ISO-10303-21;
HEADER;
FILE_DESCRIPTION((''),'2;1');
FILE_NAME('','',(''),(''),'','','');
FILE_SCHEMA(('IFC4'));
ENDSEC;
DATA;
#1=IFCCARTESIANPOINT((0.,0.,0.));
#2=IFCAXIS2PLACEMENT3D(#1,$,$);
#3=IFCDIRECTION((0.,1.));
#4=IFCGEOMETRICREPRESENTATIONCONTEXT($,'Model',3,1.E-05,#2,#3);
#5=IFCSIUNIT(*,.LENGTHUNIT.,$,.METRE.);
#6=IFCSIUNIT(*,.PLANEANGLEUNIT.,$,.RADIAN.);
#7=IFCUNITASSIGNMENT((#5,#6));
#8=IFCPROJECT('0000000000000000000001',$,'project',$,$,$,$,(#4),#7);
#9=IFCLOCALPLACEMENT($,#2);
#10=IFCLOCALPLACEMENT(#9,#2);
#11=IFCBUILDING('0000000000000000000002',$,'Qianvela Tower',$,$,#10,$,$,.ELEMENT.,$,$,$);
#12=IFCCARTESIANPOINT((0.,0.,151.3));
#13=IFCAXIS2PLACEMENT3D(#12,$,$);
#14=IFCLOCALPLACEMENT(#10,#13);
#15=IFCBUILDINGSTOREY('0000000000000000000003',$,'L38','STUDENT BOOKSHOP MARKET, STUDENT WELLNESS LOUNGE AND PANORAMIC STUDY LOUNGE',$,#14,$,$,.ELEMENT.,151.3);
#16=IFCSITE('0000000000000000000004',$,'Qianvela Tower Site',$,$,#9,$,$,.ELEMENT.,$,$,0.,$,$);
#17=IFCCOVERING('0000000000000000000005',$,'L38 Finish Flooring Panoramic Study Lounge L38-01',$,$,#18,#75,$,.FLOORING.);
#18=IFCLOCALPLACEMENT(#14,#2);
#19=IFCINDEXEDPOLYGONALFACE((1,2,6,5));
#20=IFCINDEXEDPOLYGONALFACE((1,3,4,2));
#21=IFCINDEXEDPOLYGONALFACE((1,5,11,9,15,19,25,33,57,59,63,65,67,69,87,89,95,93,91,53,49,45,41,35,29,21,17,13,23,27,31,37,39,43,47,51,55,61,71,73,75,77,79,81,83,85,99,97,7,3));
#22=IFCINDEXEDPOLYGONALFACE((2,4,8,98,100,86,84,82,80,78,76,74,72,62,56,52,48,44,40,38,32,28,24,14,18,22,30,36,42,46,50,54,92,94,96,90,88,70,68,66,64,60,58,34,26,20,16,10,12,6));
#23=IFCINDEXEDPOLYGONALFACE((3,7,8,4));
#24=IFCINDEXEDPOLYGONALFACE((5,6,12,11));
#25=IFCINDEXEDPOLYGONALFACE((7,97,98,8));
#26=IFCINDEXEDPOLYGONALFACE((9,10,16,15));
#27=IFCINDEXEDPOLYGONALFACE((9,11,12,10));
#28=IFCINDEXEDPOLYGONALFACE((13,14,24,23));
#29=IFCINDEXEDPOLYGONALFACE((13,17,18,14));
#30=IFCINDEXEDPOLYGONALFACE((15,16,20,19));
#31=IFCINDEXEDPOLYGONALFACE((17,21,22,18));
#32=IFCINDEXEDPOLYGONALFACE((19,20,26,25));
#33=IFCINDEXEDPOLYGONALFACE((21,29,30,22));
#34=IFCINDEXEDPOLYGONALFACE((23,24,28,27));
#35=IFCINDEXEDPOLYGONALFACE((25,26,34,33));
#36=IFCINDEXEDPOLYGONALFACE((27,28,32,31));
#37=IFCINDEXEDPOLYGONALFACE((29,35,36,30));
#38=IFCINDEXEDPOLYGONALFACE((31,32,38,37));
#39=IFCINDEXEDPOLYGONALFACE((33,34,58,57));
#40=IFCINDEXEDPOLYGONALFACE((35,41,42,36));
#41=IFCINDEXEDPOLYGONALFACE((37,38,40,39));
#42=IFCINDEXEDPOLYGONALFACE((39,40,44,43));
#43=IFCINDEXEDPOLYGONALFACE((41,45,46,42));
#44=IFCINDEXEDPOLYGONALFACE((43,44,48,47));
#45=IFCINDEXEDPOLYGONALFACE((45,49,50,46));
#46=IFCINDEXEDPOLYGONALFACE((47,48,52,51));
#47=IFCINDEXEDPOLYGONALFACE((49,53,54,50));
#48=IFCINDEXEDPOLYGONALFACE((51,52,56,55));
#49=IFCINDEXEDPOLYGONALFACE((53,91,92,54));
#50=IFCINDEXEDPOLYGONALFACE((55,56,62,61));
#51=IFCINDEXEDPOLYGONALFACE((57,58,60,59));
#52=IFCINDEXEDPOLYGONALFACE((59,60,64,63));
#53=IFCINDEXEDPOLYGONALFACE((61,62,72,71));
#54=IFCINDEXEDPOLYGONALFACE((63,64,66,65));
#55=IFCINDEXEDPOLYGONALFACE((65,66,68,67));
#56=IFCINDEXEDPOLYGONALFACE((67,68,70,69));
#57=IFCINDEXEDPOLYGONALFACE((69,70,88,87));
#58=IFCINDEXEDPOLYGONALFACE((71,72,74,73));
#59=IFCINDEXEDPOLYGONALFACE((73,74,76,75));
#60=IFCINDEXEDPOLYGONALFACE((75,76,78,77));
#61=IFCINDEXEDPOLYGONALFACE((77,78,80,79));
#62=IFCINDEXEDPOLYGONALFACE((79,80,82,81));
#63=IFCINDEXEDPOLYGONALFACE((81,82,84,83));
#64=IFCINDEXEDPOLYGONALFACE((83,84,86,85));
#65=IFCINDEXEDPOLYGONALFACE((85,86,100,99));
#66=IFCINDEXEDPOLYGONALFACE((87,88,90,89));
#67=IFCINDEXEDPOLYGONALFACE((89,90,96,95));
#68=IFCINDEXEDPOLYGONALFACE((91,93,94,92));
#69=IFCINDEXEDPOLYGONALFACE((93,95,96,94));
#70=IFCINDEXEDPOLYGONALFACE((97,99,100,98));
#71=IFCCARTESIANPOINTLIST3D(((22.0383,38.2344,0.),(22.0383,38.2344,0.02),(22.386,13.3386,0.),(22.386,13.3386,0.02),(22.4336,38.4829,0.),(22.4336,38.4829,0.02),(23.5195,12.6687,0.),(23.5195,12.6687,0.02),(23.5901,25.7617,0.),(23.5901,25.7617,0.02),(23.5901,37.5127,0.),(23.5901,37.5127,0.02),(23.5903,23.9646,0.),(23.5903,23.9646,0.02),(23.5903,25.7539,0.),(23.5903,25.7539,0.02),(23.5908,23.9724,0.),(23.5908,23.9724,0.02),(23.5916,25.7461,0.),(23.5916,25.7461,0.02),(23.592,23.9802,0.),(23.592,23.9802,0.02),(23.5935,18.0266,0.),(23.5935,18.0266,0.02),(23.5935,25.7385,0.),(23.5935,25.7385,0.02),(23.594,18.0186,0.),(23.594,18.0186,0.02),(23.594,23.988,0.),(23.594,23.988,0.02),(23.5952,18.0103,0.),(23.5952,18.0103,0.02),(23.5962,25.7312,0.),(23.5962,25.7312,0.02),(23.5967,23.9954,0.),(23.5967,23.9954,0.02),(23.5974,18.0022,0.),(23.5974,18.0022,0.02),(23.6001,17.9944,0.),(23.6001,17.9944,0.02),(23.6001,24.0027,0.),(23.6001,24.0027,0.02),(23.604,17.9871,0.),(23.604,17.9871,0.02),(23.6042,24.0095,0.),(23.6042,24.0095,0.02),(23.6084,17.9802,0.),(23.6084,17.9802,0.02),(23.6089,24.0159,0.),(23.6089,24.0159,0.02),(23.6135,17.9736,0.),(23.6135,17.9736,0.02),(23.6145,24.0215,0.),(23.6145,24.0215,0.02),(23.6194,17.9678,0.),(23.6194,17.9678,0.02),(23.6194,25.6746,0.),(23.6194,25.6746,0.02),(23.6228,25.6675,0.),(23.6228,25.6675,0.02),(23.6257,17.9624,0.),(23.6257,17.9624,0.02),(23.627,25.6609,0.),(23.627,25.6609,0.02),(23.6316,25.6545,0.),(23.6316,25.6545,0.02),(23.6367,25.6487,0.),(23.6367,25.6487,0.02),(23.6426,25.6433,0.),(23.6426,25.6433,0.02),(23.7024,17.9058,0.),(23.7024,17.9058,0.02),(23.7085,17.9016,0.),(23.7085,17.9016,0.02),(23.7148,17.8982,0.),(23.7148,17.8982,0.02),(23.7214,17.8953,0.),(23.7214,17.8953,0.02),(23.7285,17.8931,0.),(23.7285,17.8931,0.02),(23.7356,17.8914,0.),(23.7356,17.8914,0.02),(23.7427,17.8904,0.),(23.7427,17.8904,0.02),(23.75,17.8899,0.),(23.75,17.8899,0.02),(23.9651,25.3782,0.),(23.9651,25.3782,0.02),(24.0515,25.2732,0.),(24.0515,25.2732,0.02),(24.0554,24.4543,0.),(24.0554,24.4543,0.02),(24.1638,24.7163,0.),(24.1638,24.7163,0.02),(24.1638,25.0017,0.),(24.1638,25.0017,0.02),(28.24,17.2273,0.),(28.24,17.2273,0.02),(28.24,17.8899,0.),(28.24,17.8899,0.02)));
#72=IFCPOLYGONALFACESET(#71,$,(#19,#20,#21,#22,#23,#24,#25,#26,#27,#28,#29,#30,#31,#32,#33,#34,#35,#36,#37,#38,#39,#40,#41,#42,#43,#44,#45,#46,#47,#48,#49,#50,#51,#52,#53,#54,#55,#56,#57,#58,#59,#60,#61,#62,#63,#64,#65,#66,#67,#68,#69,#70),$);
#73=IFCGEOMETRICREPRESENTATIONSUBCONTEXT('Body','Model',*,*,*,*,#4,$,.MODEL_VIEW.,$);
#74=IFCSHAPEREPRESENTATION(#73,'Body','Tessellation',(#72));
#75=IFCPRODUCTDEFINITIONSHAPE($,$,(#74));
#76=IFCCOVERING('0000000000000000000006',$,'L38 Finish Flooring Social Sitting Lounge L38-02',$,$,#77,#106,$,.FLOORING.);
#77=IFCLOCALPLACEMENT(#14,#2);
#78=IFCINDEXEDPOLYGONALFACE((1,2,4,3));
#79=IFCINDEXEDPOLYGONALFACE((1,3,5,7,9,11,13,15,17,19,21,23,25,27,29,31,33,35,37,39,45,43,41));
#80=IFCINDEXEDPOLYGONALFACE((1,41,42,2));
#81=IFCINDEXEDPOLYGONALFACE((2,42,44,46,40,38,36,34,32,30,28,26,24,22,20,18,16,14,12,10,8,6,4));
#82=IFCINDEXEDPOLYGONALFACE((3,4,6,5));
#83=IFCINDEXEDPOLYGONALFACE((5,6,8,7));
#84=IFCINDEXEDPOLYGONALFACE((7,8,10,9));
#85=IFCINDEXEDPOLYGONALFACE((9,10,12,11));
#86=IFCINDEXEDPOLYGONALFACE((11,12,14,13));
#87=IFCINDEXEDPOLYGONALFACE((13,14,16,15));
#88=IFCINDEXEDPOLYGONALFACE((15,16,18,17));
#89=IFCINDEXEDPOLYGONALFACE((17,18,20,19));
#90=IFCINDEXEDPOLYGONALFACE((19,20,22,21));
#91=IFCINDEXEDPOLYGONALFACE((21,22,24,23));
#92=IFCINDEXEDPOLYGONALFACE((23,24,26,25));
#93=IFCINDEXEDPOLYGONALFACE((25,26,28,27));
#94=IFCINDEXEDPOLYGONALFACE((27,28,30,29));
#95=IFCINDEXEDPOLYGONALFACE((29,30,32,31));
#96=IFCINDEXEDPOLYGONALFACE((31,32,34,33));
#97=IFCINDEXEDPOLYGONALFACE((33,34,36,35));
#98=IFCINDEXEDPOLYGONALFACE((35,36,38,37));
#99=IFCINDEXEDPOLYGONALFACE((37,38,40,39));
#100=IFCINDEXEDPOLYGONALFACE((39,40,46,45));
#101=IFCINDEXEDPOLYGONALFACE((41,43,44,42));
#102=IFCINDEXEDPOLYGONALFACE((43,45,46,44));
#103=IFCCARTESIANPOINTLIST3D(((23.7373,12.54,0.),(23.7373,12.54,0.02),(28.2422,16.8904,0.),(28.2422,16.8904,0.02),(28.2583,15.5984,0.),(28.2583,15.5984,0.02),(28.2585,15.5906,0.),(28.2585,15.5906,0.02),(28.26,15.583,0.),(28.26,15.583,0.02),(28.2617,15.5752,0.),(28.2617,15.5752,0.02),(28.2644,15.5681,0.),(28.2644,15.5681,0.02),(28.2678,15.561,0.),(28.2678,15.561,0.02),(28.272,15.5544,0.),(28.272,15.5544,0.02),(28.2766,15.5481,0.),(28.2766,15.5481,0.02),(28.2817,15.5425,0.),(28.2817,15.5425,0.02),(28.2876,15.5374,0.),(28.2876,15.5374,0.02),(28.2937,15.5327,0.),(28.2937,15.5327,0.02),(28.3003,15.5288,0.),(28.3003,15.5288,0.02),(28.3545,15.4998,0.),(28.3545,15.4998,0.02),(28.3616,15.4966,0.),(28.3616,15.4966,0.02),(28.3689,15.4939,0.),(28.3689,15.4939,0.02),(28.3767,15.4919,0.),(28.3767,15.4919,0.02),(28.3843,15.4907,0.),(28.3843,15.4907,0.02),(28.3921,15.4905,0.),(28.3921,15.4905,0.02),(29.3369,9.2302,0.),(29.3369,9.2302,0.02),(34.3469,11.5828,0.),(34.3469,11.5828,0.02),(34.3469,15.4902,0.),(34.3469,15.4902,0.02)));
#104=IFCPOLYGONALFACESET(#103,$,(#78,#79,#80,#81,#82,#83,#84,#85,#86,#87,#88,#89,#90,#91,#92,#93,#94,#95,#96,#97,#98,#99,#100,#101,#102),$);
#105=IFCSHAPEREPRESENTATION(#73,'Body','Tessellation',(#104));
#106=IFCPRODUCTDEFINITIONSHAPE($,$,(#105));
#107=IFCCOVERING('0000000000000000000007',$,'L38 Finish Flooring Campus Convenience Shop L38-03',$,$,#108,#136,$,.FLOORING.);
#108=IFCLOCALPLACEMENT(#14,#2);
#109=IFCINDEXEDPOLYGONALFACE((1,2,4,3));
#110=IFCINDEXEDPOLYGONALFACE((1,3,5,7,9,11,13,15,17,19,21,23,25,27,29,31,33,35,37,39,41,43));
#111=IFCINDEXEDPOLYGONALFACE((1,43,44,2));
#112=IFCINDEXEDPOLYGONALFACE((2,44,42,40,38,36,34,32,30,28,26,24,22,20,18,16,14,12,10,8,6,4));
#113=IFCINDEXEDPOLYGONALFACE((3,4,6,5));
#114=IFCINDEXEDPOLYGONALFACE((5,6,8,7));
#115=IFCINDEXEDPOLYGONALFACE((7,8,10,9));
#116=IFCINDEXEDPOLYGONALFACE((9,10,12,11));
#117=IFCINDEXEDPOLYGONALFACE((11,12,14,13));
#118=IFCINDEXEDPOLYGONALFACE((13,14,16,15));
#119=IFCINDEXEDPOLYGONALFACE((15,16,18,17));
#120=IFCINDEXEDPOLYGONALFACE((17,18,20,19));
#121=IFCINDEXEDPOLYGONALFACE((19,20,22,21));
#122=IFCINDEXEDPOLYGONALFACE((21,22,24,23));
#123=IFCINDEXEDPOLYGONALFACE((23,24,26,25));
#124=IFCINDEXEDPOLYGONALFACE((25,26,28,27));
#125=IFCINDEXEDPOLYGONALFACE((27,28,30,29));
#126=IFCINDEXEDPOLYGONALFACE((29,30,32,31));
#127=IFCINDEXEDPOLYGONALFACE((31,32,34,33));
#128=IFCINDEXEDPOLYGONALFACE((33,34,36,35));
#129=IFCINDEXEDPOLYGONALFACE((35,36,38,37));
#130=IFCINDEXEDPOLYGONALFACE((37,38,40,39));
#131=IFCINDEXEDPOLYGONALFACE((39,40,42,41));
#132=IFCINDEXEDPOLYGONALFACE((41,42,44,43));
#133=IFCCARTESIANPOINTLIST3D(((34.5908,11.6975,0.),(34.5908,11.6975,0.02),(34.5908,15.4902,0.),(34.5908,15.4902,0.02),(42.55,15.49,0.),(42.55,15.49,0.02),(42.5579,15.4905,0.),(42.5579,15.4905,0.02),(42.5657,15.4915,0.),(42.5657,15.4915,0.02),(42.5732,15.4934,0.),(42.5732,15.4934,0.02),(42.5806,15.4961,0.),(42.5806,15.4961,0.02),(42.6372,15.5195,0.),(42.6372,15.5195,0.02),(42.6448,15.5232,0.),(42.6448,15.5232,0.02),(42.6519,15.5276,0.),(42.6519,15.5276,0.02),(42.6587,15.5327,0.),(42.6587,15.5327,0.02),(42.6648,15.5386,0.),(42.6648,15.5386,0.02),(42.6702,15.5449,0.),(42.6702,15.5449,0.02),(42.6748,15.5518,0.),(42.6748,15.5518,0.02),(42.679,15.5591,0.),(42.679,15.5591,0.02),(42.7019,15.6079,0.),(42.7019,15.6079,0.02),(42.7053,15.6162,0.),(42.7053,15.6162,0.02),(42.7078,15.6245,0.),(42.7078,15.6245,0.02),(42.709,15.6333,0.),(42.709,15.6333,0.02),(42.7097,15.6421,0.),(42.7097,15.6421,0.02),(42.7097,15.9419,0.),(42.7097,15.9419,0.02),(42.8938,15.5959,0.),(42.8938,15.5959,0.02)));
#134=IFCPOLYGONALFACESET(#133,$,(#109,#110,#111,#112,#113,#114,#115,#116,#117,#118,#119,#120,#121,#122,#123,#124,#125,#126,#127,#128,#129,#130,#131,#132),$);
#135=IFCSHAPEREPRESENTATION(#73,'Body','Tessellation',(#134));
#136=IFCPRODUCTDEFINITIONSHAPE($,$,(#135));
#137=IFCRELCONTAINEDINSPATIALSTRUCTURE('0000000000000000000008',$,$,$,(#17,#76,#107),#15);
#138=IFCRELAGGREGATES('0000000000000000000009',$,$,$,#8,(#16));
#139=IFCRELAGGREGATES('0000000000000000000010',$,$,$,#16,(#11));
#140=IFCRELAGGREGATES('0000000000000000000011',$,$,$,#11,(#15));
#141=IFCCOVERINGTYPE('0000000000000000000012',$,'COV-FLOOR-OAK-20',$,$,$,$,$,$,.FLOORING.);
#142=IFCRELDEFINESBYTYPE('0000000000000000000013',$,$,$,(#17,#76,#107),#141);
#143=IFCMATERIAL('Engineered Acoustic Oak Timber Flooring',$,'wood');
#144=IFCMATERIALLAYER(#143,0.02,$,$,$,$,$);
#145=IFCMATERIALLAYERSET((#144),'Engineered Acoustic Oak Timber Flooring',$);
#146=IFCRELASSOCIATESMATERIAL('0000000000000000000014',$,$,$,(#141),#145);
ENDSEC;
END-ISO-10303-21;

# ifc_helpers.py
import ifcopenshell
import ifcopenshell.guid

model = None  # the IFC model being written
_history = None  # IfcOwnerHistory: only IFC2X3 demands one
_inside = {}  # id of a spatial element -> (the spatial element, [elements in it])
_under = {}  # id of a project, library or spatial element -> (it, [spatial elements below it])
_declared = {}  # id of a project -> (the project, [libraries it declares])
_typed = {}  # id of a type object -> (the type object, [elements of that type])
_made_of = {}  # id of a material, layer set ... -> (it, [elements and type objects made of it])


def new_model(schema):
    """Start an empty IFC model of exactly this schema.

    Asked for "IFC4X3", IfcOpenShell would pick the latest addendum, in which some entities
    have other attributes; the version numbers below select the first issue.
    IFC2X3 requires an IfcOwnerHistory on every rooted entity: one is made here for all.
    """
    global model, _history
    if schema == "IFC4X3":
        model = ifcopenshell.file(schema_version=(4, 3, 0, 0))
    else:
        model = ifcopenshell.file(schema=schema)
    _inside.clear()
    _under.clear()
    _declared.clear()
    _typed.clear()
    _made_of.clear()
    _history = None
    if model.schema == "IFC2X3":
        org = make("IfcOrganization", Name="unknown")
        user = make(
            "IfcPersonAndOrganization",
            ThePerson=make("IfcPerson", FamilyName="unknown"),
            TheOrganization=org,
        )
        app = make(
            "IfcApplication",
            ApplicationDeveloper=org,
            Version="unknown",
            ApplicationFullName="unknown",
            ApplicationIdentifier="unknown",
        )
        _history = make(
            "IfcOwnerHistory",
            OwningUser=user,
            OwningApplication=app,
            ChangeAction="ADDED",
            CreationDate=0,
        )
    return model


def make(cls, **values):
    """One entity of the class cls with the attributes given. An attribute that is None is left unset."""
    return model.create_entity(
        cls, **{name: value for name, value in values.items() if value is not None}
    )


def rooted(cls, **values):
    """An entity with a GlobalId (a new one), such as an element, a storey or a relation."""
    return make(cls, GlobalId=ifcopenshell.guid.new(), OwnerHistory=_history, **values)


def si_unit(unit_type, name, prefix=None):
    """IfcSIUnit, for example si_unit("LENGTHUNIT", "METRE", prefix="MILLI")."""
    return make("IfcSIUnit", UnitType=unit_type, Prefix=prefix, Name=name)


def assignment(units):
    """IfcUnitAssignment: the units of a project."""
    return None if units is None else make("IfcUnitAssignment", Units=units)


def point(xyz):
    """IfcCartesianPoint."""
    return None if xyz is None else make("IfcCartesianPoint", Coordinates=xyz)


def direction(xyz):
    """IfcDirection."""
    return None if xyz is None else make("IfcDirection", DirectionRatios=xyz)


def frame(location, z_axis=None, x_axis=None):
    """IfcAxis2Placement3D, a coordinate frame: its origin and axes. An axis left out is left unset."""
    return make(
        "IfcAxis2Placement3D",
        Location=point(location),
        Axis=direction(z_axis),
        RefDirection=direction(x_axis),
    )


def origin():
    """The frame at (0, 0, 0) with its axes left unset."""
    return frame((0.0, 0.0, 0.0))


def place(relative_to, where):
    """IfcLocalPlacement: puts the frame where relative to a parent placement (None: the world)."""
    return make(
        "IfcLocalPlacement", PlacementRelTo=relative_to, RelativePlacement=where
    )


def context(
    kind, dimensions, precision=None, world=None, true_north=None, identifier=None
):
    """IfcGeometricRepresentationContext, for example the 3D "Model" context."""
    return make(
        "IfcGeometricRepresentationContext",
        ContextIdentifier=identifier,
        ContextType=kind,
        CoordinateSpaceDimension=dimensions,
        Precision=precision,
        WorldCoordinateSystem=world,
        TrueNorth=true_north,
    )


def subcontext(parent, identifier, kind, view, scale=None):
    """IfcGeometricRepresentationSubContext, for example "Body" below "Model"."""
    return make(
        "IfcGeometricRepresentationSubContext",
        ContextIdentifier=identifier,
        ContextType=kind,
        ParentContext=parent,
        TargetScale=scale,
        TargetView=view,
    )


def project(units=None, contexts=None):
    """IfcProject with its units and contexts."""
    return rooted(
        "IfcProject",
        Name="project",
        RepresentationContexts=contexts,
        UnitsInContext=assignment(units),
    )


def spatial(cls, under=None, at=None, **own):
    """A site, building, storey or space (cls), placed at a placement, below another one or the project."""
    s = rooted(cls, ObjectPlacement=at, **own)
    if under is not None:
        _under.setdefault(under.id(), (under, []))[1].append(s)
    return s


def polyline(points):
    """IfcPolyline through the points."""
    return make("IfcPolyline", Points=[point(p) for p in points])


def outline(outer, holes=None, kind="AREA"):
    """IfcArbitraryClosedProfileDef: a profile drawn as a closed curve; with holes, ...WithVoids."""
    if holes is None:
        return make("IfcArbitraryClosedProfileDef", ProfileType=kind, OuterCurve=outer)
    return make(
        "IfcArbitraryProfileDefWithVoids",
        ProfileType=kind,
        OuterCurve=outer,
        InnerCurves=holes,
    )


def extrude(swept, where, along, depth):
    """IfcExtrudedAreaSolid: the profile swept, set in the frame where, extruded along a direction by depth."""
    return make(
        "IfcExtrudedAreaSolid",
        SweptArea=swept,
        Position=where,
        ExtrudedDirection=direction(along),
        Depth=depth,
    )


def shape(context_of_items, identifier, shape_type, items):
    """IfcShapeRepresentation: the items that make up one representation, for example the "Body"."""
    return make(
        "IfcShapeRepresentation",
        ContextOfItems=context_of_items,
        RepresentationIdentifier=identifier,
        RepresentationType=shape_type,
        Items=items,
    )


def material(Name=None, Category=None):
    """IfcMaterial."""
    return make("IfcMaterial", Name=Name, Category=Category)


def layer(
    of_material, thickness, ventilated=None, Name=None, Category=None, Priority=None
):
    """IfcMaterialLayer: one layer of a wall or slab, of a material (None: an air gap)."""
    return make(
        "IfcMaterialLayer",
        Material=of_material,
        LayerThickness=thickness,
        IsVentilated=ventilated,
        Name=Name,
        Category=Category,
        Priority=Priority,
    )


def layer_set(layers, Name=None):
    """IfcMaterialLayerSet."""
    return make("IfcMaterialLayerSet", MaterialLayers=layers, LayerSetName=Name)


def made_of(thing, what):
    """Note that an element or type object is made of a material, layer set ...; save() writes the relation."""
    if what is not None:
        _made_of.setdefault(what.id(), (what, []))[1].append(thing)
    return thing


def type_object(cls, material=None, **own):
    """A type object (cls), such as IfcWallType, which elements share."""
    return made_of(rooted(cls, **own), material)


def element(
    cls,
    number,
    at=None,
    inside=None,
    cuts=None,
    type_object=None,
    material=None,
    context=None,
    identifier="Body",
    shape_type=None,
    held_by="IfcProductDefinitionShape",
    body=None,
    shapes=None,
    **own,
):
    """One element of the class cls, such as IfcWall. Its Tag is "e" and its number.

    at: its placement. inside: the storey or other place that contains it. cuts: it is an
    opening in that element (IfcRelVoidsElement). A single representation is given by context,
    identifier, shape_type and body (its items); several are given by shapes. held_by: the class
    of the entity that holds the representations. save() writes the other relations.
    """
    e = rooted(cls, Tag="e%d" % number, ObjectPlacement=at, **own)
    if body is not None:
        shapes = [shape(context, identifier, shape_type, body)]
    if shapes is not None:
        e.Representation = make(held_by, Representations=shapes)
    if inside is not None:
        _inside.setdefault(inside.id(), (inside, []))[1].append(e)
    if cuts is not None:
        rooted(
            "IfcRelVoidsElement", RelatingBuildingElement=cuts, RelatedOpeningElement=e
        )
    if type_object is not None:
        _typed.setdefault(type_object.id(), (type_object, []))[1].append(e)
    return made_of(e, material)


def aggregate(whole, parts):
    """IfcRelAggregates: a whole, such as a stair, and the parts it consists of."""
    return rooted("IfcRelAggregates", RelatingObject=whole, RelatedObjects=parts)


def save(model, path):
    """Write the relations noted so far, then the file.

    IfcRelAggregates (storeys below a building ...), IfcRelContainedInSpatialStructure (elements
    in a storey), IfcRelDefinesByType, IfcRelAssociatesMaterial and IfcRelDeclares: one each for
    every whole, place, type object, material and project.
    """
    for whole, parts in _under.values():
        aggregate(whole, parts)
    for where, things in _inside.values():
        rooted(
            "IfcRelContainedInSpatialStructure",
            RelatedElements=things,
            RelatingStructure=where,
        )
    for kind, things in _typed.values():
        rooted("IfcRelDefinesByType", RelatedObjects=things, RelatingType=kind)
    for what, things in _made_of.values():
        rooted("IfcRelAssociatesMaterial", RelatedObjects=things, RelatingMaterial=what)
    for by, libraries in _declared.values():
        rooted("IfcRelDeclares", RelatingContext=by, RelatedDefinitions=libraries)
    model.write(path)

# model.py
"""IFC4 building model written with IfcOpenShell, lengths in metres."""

from ifc_helpers import new_model, si_unit, direction, frame, origin, place, context, subcontext, project, spatial, polyline, outline, extrude, material, layer, layer_set, type_object, element, save


model = new_model("IFC4")

# Units and contexts
model_context = context("Model", 3, precision=1e-05, world=origin(), true_north=direction((0.0, 1.0)))
body_context = subcontext(model_context, "Body", "Model", "MODEL_VIEW")
ifc_project = project(units=[si_unit("LENGTHUNIT", "METRE"), si_unit("PLANEANGLEUNIT", "RADIAN")], contexts=[model_context])

# Site, building, storey
site_placement = place(None, origin())
site = spatial("IfcSite", under=ifc_project, at=site_placement, Name="Qianvela Tower Site", CompositionType="ELEMENT", RefElevation=0.0)
building_placement = place(site_placement, origin())
building = spatial("IfcBuilding", under=site, at=building_placement, Name="Qianvela Tower", CompositionType="ELEMENT")
storey_placement = place(building_placement, frame((0.0, 0.0, 151.3)))
storey = spatial("IfcBuildingStorey", under=building, at=storey_placement, Name="L38", Description="STUDENT BOOKSHOP MARKET, STUDENT WELLNESS LOUNGE AND PANORAMIC STUDY LOUNGE", CompositionType="ELEMENT", Elevation=151.3)

# Coverings
ifc_material_1 = material(Name="Engineered Acoustic Oak Timber Flooring", Category="wood")
ifc_layer_1 = layer(ifc_material_1, 0.02)
ifc_layer_set_1 = layer_set([ifc_layer_1], Name="Engineered Acoustic Oak Timber Flooring")
covering_type_1 = type_object("IfcCoveringType", Name="COV-FLOOR-OAK-20", PredefinedType="FLOORING", material=ifc_layer_set_1)
covering_1_placement = place(storey_placement, origin())
element("IfcCovering", 1, at=covering_1_placement, inside=storey, type_object=covering_type_1, Name="L38 Finish Flooring Panoramic Study Lounge L38-01", PredefinedType="FLOORING", context=body_context, shape_type="SweptSolid", body=[
    extrude(outline(polyline([(22.0383, 38.2344), (22.4336, 38.4829), (23.5901, 37.5127), (23.5901, 25.7617), (23.5903, 25.7539), (23.5916, 25.7461), (23.5935, 25.7385), (23.5962, 25.7312), (23.6194, 25.6746), (23.6228, 25.6675), (23.627, 25.6609), (23.6316, 25.6545), (23.6367, 25.6487), (23.6426, 25.6433), (23.9651, 25.3782), (24.0515, 25.2732), (24.1638, 25.0017), (24.1638, 24.7163), (24.0554, 24.4543), (23.6145, 24.0215), (23.6089, 24.0159), (23.6042, 24.0095), (23.6001, 24.0027), (23.5967, 23.9954), (23.594, 23.988), (23.592, 23.9802), (23.5908, 23.9724), (23.5903, 23.9646), (23.5935, 18.0266), (23.594, 18.0186), (23.5952, 18.0103), (23.5974, 18.0022), (23.6001, 17.9944), (23.604, 17.9871), (23.6084, 17.9802), (23.6135, 17.9736), (23.6194, 17.9678), (23.6257, 17.9624), (23.7024, 17.9058), (23.7085, 17.9016), (23.7148, 17.8982), (23.7214, 17.8953), (23.7285, 17.8931), (23.7356, 17.8914), (23.7427, 17.8904), (23.75, 17.8899), (28.24, 17.8899), (28.24, 17.2273), (23.5195, 12.6687), (22.386, 13.3386), (22.0383, 38.2344)])), origin(), (0.0, 0.0, 1.0), 0.02),
])
covering_2_placement = place(storey_placement, origin())
element("IfcCovering", 2, at=covering_2_placement, inside=storey, type_object=covering_type_1, Name="L38 Finish Flooring Social Sitting Lounge L38-02", PredefinedType="FLOORING", context=body_context, shape_type="SweptSolid", body=[
    extrude(outline(polyline([(28.2422, 16.8904), (28.2583, 15.5984), (28.2585, 15.5906), (28.26, 15.583), (28.2617, 15.5752), (28.2644, 15.5681), (28.2678, 15.561), (28.272, 15.5544), (28.2766, 15.5481), (28.2817, 15.5425), (28.2876, 15.5374), (28.2937, 15.5327), (28.3003, 15.5288), (28.3545, 15.4998), (28.3616, 15.4966), (28.3689, 15.4939), (28.3767, 15.4919), (28.3843, 15.4907), (28.3921, 15.4905), (34.3469, 15.4902), (34.3469, 11.5828), (29.3369, 9.2302), (23.7373, 12.54), (28.2422, 16.8904)])), origin(), (0.0, 0.0, 1.0), 0.02),
])
covering_3_placement = place(storey_placement, origin())
element("IfcCovering", 3, at=covering_3_placement, inside=storey, type_object=covering_type_1, Name="L38 Finish Flooring Campus Convenience Shop L38-03", PredefinedType="FLOORING", context=body_context, shape_type="SweptSolid", body=[
    extrude(outline(polyline([(42.6372, 15.5195), (42.6448, 15.5232), (42.6519, 15.5276), (42.6587, 15.5327), (42.6648, 15.5386), (42.6702, 15.5449), (42.6748, 15.5518), (42.679, 15.5591), (42.7019, 15.6079), (42.7053, 15.6162), (42.7078, 15.6245), (42.709, 15.6333), (42.7097, 15.6421), (42.7097, 15.9419), (42.8938, 15.5959), (34.5908, 11.6975), (34.5908, 15.4902), (42.55, 15.49), (42.5579, 15.4905), (42.5657, 15.4915), (42.5732, 15.4934), (42.5806, 15.4961), (42.6372, 15.5195)])), origin(), (0.0, 0.0, 1.0), 0.02),
])

save(model, "model.ifc")
